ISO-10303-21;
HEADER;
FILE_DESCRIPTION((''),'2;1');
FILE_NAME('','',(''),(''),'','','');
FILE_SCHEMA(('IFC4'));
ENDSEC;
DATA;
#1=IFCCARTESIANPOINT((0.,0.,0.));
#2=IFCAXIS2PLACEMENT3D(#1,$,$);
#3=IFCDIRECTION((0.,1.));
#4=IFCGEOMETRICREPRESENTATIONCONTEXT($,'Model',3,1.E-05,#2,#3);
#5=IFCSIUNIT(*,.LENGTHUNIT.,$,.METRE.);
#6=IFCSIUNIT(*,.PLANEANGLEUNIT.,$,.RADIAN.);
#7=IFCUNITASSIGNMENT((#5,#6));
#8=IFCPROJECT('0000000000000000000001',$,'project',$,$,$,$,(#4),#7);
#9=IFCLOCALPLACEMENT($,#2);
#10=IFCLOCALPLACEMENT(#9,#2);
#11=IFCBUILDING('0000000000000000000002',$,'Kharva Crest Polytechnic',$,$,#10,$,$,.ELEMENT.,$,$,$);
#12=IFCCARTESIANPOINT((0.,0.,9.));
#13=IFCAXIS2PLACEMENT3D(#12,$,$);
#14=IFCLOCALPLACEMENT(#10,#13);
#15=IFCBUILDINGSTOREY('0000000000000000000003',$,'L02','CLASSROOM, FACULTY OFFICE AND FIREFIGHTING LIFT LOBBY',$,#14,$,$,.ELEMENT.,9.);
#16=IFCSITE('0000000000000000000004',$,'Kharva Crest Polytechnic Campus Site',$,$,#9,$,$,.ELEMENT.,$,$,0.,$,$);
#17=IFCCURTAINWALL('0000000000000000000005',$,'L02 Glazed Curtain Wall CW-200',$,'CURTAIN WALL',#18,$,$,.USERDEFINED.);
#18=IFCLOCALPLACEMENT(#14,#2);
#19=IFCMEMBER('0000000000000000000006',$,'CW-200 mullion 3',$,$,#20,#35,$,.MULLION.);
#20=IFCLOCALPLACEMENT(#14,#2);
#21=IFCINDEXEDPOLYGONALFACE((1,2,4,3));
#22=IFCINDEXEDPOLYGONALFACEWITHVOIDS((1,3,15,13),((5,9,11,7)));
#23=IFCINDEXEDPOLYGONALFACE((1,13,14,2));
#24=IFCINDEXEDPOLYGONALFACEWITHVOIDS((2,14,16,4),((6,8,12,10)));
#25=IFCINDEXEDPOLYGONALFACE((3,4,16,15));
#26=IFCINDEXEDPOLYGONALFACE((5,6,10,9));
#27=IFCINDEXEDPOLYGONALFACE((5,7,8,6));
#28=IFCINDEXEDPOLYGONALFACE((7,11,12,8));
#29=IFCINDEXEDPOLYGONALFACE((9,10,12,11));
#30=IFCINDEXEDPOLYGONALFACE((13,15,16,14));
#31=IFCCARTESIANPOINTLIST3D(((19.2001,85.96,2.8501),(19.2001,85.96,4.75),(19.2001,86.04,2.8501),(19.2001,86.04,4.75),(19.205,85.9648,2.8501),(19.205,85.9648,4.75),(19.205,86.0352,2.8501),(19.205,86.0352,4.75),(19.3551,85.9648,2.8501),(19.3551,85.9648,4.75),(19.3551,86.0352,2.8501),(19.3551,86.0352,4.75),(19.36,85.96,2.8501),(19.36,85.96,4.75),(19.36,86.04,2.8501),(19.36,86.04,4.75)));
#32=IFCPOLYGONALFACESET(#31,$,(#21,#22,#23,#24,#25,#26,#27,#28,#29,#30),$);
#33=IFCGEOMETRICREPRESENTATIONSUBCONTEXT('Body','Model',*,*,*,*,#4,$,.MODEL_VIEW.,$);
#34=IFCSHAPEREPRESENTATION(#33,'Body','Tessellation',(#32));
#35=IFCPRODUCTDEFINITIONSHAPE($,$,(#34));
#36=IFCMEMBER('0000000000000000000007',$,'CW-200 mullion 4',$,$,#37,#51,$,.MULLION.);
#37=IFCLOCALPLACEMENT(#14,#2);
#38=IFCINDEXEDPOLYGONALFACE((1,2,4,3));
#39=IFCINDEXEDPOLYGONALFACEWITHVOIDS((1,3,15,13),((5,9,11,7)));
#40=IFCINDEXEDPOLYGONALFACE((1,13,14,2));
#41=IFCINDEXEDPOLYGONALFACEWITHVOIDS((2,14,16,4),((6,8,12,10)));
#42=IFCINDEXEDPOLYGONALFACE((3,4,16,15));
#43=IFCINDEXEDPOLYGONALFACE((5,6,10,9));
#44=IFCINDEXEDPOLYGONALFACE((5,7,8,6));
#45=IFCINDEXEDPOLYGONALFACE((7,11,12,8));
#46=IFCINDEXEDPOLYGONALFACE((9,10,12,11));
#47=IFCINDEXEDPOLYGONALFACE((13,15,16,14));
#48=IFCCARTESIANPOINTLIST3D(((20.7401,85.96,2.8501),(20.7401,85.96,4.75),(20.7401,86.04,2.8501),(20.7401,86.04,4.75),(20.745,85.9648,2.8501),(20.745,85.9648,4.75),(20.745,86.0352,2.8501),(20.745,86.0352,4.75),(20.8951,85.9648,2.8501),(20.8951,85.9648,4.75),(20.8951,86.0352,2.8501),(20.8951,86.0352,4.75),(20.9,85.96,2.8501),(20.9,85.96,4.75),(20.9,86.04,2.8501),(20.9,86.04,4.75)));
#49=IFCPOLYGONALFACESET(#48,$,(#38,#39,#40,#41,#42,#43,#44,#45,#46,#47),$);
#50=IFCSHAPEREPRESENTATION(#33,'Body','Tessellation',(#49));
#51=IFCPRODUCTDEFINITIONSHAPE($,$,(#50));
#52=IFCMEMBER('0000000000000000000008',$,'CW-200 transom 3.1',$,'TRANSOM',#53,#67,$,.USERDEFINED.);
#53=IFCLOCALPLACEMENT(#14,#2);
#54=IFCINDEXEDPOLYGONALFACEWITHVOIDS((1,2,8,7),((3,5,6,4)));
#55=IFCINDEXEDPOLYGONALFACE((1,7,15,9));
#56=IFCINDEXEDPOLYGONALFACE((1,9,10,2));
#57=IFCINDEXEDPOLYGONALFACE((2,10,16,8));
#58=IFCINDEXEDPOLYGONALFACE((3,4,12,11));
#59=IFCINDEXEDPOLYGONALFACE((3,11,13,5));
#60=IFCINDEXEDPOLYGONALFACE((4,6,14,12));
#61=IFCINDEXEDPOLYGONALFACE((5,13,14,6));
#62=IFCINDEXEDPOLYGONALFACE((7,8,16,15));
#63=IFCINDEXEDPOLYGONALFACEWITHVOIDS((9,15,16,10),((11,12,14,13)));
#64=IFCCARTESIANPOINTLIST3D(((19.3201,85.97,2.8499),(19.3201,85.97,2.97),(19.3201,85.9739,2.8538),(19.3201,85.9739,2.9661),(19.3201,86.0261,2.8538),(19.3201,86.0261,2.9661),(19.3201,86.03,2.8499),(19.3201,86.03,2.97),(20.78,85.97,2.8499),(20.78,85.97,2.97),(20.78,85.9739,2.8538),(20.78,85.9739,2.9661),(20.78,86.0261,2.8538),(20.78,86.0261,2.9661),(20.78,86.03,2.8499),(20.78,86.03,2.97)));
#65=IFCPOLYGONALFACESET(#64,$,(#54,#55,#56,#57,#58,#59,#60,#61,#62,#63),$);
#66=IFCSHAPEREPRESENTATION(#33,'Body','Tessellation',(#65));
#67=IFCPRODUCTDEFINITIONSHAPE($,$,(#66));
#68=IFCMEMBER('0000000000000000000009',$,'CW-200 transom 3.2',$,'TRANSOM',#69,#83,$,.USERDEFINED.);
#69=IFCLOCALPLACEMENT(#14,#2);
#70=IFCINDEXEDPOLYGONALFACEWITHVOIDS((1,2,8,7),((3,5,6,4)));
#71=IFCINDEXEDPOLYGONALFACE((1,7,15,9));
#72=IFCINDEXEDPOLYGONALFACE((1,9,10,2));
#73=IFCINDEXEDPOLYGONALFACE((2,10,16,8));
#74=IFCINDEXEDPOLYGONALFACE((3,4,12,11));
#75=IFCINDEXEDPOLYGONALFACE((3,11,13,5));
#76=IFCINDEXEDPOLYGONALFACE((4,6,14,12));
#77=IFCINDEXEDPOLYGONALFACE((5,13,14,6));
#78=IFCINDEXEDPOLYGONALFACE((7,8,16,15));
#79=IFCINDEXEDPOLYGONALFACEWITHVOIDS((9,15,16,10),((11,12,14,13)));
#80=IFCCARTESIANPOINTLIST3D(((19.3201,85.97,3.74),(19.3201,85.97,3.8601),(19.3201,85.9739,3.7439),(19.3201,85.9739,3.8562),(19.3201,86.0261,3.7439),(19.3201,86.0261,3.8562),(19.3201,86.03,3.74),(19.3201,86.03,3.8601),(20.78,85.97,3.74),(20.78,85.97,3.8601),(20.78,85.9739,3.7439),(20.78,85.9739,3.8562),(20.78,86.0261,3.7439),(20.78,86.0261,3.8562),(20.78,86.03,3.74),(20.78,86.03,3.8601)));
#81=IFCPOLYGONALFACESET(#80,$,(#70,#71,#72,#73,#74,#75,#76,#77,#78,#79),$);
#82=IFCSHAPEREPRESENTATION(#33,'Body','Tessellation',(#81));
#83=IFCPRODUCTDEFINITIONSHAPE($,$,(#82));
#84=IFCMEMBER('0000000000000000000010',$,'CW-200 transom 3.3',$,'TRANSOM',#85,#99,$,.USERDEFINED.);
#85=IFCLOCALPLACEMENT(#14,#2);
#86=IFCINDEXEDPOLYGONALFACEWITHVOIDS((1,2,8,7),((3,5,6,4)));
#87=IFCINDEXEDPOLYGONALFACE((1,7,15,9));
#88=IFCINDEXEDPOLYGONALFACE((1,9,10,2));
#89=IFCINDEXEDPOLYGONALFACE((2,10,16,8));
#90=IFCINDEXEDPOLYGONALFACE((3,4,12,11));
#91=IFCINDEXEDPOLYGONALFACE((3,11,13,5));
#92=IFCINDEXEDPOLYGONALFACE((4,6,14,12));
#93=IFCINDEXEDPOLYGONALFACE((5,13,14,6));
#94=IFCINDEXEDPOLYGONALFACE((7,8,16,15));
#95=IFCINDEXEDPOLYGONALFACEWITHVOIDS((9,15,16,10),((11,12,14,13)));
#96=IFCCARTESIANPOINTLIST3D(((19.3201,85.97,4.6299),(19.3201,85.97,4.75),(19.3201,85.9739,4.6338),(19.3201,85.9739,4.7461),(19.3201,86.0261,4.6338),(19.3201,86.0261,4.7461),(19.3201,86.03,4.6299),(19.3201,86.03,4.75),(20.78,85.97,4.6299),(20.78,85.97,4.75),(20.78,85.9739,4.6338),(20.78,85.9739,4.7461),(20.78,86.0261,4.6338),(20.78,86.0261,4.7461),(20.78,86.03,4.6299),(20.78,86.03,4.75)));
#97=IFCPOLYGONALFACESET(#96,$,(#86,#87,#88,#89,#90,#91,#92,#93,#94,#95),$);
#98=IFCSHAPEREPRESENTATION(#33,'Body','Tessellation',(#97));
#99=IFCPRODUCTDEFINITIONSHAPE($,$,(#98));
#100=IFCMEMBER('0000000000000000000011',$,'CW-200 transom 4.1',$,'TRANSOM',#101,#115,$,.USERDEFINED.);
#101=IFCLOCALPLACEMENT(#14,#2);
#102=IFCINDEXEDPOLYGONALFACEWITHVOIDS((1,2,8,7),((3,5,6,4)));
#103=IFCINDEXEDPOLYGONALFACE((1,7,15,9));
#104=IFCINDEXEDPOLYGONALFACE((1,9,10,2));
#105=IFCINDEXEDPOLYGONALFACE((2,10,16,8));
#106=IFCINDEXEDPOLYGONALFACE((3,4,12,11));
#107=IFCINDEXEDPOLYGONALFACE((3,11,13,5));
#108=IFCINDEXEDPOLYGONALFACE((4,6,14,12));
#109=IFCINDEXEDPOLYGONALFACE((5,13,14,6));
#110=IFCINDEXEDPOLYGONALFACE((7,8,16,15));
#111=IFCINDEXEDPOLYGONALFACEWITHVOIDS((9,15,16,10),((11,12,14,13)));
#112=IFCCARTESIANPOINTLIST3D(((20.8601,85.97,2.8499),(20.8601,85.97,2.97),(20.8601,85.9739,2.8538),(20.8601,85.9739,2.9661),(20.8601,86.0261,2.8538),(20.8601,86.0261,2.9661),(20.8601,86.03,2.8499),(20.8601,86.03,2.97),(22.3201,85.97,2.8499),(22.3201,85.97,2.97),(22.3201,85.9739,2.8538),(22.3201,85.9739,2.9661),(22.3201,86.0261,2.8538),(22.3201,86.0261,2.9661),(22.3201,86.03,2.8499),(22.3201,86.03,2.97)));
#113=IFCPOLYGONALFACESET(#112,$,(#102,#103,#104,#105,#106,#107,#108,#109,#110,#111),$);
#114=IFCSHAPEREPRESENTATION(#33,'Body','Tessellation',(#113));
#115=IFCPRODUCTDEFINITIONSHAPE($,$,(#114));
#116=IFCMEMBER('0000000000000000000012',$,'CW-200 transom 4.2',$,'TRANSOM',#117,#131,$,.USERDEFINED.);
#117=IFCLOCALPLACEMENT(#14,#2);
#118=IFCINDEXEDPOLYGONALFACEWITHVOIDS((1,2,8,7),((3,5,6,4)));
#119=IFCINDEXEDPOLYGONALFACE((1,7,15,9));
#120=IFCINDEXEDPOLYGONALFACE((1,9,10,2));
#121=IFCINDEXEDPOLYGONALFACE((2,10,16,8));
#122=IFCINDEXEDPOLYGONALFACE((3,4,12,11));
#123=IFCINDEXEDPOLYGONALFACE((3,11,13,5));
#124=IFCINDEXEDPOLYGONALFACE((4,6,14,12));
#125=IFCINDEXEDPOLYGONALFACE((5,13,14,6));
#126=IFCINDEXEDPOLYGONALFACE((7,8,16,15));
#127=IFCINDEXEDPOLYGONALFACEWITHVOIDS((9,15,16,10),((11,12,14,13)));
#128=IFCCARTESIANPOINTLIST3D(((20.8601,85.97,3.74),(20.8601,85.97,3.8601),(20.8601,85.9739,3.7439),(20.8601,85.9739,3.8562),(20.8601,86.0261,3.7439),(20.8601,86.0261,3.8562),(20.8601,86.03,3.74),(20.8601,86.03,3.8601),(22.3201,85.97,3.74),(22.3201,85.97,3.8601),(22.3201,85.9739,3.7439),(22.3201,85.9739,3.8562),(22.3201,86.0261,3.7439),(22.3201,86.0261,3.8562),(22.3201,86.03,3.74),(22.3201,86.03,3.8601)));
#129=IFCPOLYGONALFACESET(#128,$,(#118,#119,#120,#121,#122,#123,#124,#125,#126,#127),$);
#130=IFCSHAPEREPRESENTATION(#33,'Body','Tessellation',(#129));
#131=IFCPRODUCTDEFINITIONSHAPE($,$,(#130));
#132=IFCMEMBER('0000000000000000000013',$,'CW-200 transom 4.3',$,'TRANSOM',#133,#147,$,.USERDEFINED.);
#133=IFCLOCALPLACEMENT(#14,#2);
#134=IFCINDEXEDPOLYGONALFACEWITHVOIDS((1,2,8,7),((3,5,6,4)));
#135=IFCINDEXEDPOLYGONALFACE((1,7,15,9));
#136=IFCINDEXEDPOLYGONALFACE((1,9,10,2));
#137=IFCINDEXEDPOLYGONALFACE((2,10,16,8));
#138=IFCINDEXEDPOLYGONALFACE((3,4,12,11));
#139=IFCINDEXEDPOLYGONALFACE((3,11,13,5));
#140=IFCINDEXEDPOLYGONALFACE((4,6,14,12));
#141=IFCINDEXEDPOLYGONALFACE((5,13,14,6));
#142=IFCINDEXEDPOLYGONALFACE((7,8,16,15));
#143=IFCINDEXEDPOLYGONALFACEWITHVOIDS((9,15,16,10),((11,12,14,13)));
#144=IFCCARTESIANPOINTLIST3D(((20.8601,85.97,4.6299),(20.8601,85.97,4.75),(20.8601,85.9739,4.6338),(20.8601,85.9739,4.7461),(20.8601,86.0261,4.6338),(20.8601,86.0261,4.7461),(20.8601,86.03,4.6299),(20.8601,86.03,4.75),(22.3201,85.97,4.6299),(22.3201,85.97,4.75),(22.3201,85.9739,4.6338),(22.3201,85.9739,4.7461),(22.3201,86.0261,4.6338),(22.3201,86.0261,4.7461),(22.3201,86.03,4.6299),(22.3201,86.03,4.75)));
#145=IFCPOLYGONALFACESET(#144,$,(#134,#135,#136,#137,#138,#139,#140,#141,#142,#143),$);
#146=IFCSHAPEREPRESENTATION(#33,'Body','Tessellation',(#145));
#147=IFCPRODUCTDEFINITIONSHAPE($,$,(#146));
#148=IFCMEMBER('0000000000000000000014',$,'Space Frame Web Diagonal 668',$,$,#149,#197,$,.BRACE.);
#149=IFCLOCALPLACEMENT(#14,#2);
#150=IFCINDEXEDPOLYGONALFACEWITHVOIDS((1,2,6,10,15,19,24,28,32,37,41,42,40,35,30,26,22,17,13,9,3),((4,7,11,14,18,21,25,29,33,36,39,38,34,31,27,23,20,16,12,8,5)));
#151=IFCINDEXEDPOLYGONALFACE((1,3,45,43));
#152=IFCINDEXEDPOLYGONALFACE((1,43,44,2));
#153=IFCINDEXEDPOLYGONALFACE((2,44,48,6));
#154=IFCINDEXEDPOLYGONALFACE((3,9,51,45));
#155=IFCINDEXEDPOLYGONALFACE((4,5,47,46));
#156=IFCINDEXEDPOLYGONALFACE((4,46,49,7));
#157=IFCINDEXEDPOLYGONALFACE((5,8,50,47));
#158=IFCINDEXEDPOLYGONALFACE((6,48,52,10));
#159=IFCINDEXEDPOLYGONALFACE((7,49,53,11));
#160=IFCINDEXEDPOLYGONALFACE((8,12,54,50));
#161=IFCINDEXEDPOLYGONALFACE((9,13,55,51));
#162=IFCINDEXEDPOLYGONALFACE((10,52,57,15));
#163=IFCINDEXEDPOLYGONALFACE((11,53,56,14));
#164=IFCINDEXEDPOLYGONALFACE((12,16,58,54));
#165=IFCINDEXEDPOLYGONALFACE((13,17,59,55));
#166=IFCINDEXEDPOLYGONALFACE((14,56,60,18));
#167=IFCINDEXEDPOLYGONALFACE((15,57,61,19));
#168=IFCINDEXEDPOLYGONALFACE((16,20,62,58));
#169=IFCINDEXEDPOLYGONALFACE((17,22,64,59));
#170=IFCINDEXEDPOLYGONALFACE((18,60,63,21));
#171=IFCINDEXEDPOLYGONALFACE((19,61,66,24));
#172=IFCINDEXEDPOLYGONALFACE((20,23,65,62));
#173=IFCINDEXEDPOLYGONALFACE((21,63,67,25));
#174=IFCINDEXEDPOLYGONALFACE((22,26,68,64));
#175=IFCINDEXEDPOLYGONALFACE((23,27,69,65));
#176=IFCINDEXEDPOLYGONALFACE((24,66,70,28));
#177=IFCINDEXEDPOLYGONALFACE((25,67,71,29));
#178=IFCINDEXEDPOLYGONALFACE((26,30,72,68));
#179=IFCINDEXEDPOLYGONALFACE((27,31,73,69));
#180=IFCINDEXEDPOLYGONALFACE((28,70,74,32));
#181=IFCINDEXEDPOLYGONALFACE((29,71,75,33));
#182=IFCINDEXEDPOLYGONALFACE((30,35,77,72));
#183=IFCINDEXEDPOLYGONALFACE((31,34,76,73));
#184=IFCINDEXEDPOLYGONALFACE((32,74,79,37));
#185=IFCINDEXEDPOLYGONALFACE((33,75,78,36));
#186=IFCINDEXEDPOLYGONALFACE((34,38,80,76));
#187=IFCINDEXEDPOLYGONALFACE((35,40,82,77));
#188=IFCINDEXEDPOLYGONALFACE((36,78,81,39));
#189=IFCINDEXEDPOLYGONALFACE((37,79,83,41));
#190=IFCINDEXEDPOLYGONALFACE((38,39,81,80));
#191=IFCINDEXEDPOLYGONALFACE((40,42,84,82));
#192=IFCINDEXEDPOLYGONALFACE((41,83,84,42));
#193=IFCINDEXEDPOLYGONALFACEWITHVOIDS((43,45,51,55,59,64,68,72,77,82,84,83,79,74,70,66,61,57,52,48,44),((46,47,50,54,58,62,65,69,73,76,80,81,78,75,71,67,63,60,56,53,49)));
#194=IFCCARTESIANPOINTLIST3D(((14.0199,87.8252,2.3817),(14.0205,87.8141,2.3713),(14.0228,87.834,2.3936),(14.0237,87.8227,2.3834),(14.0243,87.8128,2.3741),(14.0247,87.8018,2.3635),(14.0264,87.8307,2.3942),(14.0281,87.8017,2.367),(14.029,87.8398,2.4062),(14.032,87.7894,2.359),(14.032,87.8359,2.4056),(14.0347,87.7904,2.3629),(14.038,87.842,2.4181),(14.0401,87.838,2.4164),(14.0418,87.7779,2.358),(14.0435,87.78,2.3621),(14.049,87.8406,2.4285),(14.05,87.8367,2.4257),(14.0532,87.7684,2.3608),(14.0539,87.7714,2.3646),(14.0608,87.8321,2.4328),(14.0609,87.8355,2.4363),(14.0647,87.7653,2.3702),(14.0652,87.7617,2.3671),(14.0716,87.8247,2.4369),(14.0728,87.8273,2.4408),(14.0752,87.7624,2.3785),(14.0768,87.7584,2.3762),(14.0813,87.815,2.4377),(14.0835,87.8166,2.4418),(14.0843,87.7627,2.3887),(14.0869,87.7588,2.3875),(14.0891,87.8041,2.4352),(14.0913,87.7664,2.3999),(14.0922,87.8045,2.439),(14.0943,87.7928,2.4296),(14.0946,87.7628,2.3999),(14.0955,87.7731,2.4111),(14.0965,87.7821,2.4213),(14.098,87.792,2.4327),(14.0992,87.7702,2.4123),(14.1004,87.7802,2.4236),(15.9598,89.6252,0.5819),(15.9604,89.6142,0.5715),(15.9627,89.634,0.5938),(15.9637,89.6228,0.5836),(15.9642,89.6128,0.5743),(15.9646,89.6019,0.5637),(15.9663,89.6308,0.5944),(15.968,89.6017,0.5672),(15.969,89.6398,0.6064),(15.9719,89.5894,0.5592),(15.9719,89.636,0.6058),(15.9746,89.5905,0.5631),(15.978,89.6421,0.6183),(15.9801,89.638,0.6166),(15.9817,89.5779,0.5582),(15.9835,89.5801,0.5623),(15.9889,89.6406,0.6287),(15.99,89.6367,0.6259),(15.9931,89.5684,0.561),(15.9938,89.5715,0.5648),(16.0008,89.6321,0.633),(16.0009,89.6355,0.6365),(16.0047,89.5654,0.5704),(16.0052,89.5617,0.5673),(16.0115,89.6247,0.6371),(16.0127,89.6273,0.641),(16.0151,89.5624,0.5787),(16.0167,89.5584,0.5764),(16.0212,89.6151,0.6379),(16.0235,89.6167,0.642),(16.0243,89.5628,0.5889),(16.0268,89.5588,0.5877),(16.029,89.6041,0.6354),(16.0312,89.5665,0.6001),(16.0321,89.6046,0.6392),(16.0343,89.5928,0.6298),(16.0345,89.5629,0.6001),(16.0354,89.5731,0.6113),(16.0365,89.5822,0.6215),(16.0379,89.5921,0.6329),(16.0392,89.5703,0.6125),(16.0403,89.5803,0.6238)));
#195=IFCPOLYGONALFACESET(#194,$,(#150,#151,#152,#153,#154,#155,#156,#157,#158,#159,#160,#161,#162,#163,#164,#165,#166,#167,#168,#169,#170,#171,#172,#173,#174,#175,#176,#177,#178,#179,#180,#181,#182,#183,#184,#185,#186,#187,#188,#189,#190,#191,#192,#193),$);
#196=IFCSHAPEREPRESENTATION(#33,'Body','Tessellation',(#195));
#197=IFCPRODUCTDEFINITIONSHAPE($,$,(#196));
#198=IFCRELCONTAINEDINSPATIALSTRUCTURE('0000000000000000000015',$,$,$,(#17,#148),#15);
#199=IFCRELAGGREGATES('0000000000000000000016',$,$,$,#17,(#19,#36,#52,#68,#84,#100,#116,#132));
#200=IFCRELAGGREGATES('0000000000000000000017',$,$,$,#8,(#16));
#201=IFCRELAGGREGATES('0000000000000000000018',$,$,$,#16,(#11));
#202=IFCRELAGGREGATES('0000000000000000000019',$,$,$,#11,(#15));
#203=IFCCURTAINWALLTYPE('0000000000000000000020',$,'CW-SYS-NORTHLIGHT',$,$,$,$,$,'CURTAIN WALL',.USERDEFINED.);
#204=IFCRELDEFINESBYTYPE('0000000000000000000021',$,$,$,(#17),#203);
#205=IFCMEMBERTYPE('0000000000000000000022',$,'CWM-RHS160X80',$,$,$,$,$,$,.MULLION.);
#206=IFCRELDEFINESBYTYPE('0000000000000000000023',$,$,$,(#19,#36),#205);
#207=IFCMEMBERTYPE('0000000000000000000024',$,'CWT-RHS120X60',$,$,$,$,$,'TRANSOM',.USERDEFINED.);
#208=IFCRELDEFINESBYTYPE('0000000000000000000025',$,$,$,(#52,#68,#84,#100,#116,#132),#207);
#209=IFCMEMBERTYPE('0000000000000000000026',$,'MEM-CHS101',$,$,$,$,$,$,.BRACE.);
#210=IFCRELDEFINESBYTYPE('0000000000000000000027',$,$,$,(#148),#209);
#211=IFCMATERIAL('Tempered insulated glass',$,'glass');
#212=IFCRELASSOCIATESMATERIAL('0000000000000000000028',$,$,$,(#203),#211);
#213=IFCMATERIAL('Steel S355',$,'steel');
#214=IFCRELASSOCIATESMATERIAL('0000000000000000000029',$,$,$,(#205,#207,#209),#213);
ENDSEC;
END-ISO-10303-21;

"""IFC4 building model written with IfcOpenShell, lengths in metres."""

from ifc_helpers import new_model, si_unit, direction, frame, origin, origin_2d, place, context, subcontext, project, spatial, hollow_rectangle, hollow_circle, extrude, material, material_profile, profile_set, type_object, element, aggregate, save


model = new_model("IFC4")

# Units and contexts
model_context = context("Model", 3, precision=1e-05, world=origin(), true_north=direction((0.0, 1.0)))
body_context = subcontext(model_context, "Body", "Model", "MODEL_VIEW")
ifc_project = project(units=[si_unit("LENGTHUNIT", "METRE"), si_unit("PLANEANGLEUNIT", "RADIAN")], contexts=[model_context])

# Site, building, storey
site_placement = place(None, origin())
site = spatial("IfcSite", under=ifc_project, at=site_placement, Name="Kharva Crest Polytechnic Campus Site", CompositionType="ELEMENT", RefElevation=0.0)
building_placement = place(site_placement, origin())
building = spatial("IfcBuilding", under=site, at=building_placement, Name="Kharva Crest Polytechnic", CompositionType="ELEMENT")
storey_placement = place(building_placement, frame((0.0, 0.0, 9.0)))
storey = spatial("IfcBuildingStorey", under=building, at=storey_placement, Name="L02", Description="CLASSROOM, FACULTY OFFICE AND FIREFIGHTING LIFT LOBBY", CompositionType="ELEMENT", Elevation=9.0)

# Curtain wall, members
ifc_material_1 = material(Name="Tempered insulated glass", Category="glass")
curtain_wall_type = type_object("IfcCurtainWallType", Name="CW-SYS-NORTHLIGHT", ElementType="CURTAIN WALL", PredefinedType="USERDEFINED", material=ifc_material_1)
curtain_wall_placement = place(storey_placement, origin())
curtain_wall = element("IfcCurtainWall", 1, at=curtain_wall_placement, inside=storey, type_object=curtain_wall_type, Name="L02 Glazed Curtain Wall CW-200", ObjectType="CURTAIN WALL", PredefinedType="USERDEFINED")
ifc_material_2 = material(Name="Steel S355", Category="steel")
ifc_material_profile_1 = material_profile(ifc_material_2, hollow_rectangle(XDim=0.0801, YDim=0.1599, WallThickness=0.0049, at=origin_2d()), Name="RHS 160X80X5.0")
ifc_profile_set_1 = profile_set([ifc_material_profile_1], Name="Steel S355")
member_type_1 = type_object("IfcMemberType", Name="CWM-RHS160X80", PredefinedType="MULLION", material=ifc_profile_set_1)
member_1_placement = place(storey_placement, frame((19.28, 86.0, 2.8501), z_axis=(0.0, 0.0, 1.0), x_axis=(0.0, 1.0, 0.0)))
member_1 = element("IfcMember", 2, at=member_1_placement, type_object=member_type_1, Name="CW-200 mullion 3", PredefinedType="MULLION", context=body_context, shape_type="SweptSolid", body=[
    extrude(hollow_rectangle(XDim=0.0801, YDim=0.1599, WallThickness=0.0049, at=origin_2d()), origin(), (0.0, 0.0, 1.0), 1.8999),
])
member_2_placement = place(storey_placement, frame((20.8201, 86.0, 2.8501), z_axis=(0.0, 0.0, 1.0), x_axis=(0.0, 1.0, 0.0)))
member_2 = element("IfcMember", 3, at=member_2_placement, type_object=member_type_1, Name="CW-200 mullion 4", PredefinedType="MULLION", context=body_context, shape_type="SweptSolid", body=[
    extrude(hollow_rectangle(XDim=0.0801, YDim=0.1599, WallThickness=0.0049, at=origin_2d()), origin(), (0.0, 0.0, 1.0), 1.8999),
])
ifc_material_profile_2 = material_profile(ifc_material_2, hollow_rectangle(XDim=0.0601, YDim=0.1201, WallThickness=0.0039, at=origin_2d()), Name="RHS 120X60X4.0")
ifc_profile_set_2 = profile_set([ifc_material_profile_2], Name="Steel S355")
member_type_2 = type_object("IfcMemberType", Name="CWT-RHS120X60", ElementType="TRANSOM", PredefinedType="USERDEFINED", material=ifc_profile_set_2)
member_3_placement = place(storey_placement, frame((19.3201, 86.0, 2.9099), z_axis=(1.0, 0.0, 0.0), x_axis=(0.0, 1.0, 0.0)))
member_3 = element("IfcMember", 4, at=member_3_placement, type_object=member_type_2, Name="CW-200 transom 3.1", ObjectType="TRANSOM", PredefinedType="USERDEFINED", context=body_context, shape_type="SweptSolid", body=[
    extrude(hollow_rectangle(XDim=0.0601, YDim=0.1201, WallThickness=0.0039, at=origin_2d()), origin(), (0.0, 0.0, 1.0), 1.46),
])
member_4_placement = place(storey_placement, frame((19.3201, 86.0, 3.8), z_axis=(1.0, 0.0, 0.0), x_axis=(0.0, 1.0, 0.0)))
member_4 = element("IfcMember", 5, at=member_4_placement, type_object=member_type_2, Name="CW-200 transom 3.2", ObjectType="TRANSOM", PredefinedType="USERDEFINED", context=body_context, shape_type="SweptSolid", body=[
    extrude(hollow_rectangle(XDim=0.0601, YDim=0.1201, WallThickness=0.0039, at=origin_2d()), origin(), (0.0, 0.0, 1.0), 1.46),
])
member_5_placement = place(storey_placement, frame((19.3201, 86.0, 4.6899), z_axis=(1.0, 0.0, 0.0), x_axis=(0.0, 1.0, 0.0)))
member_5 = element("IfcMember", 6, at=member_5_placement, type_object=member_type_2, Name="CW-200 transom 3.3", ObjectType="TRANSOM", PredefinedType="USERDEFINED", context=body_context, shape_type="SweptSolid", body=[
    extrude(hollow_rectangle(XDim=0.0601, YDim=0.1201, WallThickness=0.0039, at=origin_2d()), origin(), (0.0, 0.0, 1.0), 1.46),
])
member_6_placement = place(storey_placement, frame((20.8601, 86.0, 2.9099), z_axis=(1.0, 0.0, 0.0), x_axis=(0.0, 1.0, 0.0)))
member_6 = element("IfcMember", 7, at=member_6_placement, type_object=member_type_2, Name="CW-200 transom 4.1", ObjectType="TRANSOM", PredefinedType="USERDEFINED", context=body_context, shape_type="SweptSolid", body=[
    extrude(hollow_rectangle(XDim=0.0601, YDim=0.1201, WallThickness=0.0039, at=origin_2d()), origin(), (0.0, 0.0, 1.0), 1.46),
])
member_7_placement = place(storey_placement, frame((20.8601, 86.0, 3.8), z_axis=(1.0, 0.0, 0.0), x_axis=(0.0, 1.0, 0.0)))
member_7 = element("IfcMember", 8, at=member_7_placement, type_object=member_type_2, Name="CW-200 transom 4.2", ObjectType="TRANSOM", PredefinedType="USERDEFINED", context=body_context, shape_type="SweptSolid", body=[
    extrude(hollow_rectangle(XDim=0.0601, YDim=0.1201, WallThickness=0.0039, at=origin_2d()), origin(), (0.0, 0.0, 1.0), 1.46),
])
member_8_placement = place(storey_placement, frame((20.8601, 86.0, 4.6899), z_axis=(1.0, 0.0, 0.0), x_axis=(0.0, 1.0, 0.0)))
member_8 = element("IfcMember", 9, at=member_8_placement, type_object=member_type_2, Name="CW-200 transom 4.3", ObjectType="TRANSOM", PredefinedType="USERDEFINED", context=body_context, shape_type="SweptSolid", body=[
    extrude(hollow_rectangle(XDim=0.0601, YDim=0.1201, WallThickness=0.0039, at=origin_2d()), origin(), (0.0, 0.0, 1.0), 1.46),
])

# Member
ifc_material_profile_3 = material_profile(ifc_material_2, hollow_circle(Radius=0.0508, WallThickness=0.0049, at=origin_2d()), Name="CHS 101.6X5.0")
ifc_profile_set_3 = profile_set([ifc_material_profile_3], Name="Steel S355")
member_type_3 = type_object("IfcMemberType", Name="MEM-CHS101", PredefinedType="BRACE", material=ifc_profile_set_3)
member_9_placement = place(storey_placement, frame((16.0, 89.6001, 0.6001), z_axis=(-0.606147, -0.562437, 0.562361), x_axis=(0.680182, -0.733043, 0.0)))
element("IfcMember", 10, at=member_9_placement, inside=storey, type_object=member_type_3, Name="Space Frame Web Diagonal 668", PredefinedType="BRACE", context=body_context, shape_type="SweptSolid", body=[
    extrude(hollow_circle(Radius=0.0508, WallThickness=0.0049, at=origin_2d()), origin(), (0.0, 0.0, 1.0), 3.2004),
])

aggregate(curtain_wall, [member_1, member_2, member_3, member_4, member_5, member_6, member_7, member_8])

save(model, "model.ifc")
